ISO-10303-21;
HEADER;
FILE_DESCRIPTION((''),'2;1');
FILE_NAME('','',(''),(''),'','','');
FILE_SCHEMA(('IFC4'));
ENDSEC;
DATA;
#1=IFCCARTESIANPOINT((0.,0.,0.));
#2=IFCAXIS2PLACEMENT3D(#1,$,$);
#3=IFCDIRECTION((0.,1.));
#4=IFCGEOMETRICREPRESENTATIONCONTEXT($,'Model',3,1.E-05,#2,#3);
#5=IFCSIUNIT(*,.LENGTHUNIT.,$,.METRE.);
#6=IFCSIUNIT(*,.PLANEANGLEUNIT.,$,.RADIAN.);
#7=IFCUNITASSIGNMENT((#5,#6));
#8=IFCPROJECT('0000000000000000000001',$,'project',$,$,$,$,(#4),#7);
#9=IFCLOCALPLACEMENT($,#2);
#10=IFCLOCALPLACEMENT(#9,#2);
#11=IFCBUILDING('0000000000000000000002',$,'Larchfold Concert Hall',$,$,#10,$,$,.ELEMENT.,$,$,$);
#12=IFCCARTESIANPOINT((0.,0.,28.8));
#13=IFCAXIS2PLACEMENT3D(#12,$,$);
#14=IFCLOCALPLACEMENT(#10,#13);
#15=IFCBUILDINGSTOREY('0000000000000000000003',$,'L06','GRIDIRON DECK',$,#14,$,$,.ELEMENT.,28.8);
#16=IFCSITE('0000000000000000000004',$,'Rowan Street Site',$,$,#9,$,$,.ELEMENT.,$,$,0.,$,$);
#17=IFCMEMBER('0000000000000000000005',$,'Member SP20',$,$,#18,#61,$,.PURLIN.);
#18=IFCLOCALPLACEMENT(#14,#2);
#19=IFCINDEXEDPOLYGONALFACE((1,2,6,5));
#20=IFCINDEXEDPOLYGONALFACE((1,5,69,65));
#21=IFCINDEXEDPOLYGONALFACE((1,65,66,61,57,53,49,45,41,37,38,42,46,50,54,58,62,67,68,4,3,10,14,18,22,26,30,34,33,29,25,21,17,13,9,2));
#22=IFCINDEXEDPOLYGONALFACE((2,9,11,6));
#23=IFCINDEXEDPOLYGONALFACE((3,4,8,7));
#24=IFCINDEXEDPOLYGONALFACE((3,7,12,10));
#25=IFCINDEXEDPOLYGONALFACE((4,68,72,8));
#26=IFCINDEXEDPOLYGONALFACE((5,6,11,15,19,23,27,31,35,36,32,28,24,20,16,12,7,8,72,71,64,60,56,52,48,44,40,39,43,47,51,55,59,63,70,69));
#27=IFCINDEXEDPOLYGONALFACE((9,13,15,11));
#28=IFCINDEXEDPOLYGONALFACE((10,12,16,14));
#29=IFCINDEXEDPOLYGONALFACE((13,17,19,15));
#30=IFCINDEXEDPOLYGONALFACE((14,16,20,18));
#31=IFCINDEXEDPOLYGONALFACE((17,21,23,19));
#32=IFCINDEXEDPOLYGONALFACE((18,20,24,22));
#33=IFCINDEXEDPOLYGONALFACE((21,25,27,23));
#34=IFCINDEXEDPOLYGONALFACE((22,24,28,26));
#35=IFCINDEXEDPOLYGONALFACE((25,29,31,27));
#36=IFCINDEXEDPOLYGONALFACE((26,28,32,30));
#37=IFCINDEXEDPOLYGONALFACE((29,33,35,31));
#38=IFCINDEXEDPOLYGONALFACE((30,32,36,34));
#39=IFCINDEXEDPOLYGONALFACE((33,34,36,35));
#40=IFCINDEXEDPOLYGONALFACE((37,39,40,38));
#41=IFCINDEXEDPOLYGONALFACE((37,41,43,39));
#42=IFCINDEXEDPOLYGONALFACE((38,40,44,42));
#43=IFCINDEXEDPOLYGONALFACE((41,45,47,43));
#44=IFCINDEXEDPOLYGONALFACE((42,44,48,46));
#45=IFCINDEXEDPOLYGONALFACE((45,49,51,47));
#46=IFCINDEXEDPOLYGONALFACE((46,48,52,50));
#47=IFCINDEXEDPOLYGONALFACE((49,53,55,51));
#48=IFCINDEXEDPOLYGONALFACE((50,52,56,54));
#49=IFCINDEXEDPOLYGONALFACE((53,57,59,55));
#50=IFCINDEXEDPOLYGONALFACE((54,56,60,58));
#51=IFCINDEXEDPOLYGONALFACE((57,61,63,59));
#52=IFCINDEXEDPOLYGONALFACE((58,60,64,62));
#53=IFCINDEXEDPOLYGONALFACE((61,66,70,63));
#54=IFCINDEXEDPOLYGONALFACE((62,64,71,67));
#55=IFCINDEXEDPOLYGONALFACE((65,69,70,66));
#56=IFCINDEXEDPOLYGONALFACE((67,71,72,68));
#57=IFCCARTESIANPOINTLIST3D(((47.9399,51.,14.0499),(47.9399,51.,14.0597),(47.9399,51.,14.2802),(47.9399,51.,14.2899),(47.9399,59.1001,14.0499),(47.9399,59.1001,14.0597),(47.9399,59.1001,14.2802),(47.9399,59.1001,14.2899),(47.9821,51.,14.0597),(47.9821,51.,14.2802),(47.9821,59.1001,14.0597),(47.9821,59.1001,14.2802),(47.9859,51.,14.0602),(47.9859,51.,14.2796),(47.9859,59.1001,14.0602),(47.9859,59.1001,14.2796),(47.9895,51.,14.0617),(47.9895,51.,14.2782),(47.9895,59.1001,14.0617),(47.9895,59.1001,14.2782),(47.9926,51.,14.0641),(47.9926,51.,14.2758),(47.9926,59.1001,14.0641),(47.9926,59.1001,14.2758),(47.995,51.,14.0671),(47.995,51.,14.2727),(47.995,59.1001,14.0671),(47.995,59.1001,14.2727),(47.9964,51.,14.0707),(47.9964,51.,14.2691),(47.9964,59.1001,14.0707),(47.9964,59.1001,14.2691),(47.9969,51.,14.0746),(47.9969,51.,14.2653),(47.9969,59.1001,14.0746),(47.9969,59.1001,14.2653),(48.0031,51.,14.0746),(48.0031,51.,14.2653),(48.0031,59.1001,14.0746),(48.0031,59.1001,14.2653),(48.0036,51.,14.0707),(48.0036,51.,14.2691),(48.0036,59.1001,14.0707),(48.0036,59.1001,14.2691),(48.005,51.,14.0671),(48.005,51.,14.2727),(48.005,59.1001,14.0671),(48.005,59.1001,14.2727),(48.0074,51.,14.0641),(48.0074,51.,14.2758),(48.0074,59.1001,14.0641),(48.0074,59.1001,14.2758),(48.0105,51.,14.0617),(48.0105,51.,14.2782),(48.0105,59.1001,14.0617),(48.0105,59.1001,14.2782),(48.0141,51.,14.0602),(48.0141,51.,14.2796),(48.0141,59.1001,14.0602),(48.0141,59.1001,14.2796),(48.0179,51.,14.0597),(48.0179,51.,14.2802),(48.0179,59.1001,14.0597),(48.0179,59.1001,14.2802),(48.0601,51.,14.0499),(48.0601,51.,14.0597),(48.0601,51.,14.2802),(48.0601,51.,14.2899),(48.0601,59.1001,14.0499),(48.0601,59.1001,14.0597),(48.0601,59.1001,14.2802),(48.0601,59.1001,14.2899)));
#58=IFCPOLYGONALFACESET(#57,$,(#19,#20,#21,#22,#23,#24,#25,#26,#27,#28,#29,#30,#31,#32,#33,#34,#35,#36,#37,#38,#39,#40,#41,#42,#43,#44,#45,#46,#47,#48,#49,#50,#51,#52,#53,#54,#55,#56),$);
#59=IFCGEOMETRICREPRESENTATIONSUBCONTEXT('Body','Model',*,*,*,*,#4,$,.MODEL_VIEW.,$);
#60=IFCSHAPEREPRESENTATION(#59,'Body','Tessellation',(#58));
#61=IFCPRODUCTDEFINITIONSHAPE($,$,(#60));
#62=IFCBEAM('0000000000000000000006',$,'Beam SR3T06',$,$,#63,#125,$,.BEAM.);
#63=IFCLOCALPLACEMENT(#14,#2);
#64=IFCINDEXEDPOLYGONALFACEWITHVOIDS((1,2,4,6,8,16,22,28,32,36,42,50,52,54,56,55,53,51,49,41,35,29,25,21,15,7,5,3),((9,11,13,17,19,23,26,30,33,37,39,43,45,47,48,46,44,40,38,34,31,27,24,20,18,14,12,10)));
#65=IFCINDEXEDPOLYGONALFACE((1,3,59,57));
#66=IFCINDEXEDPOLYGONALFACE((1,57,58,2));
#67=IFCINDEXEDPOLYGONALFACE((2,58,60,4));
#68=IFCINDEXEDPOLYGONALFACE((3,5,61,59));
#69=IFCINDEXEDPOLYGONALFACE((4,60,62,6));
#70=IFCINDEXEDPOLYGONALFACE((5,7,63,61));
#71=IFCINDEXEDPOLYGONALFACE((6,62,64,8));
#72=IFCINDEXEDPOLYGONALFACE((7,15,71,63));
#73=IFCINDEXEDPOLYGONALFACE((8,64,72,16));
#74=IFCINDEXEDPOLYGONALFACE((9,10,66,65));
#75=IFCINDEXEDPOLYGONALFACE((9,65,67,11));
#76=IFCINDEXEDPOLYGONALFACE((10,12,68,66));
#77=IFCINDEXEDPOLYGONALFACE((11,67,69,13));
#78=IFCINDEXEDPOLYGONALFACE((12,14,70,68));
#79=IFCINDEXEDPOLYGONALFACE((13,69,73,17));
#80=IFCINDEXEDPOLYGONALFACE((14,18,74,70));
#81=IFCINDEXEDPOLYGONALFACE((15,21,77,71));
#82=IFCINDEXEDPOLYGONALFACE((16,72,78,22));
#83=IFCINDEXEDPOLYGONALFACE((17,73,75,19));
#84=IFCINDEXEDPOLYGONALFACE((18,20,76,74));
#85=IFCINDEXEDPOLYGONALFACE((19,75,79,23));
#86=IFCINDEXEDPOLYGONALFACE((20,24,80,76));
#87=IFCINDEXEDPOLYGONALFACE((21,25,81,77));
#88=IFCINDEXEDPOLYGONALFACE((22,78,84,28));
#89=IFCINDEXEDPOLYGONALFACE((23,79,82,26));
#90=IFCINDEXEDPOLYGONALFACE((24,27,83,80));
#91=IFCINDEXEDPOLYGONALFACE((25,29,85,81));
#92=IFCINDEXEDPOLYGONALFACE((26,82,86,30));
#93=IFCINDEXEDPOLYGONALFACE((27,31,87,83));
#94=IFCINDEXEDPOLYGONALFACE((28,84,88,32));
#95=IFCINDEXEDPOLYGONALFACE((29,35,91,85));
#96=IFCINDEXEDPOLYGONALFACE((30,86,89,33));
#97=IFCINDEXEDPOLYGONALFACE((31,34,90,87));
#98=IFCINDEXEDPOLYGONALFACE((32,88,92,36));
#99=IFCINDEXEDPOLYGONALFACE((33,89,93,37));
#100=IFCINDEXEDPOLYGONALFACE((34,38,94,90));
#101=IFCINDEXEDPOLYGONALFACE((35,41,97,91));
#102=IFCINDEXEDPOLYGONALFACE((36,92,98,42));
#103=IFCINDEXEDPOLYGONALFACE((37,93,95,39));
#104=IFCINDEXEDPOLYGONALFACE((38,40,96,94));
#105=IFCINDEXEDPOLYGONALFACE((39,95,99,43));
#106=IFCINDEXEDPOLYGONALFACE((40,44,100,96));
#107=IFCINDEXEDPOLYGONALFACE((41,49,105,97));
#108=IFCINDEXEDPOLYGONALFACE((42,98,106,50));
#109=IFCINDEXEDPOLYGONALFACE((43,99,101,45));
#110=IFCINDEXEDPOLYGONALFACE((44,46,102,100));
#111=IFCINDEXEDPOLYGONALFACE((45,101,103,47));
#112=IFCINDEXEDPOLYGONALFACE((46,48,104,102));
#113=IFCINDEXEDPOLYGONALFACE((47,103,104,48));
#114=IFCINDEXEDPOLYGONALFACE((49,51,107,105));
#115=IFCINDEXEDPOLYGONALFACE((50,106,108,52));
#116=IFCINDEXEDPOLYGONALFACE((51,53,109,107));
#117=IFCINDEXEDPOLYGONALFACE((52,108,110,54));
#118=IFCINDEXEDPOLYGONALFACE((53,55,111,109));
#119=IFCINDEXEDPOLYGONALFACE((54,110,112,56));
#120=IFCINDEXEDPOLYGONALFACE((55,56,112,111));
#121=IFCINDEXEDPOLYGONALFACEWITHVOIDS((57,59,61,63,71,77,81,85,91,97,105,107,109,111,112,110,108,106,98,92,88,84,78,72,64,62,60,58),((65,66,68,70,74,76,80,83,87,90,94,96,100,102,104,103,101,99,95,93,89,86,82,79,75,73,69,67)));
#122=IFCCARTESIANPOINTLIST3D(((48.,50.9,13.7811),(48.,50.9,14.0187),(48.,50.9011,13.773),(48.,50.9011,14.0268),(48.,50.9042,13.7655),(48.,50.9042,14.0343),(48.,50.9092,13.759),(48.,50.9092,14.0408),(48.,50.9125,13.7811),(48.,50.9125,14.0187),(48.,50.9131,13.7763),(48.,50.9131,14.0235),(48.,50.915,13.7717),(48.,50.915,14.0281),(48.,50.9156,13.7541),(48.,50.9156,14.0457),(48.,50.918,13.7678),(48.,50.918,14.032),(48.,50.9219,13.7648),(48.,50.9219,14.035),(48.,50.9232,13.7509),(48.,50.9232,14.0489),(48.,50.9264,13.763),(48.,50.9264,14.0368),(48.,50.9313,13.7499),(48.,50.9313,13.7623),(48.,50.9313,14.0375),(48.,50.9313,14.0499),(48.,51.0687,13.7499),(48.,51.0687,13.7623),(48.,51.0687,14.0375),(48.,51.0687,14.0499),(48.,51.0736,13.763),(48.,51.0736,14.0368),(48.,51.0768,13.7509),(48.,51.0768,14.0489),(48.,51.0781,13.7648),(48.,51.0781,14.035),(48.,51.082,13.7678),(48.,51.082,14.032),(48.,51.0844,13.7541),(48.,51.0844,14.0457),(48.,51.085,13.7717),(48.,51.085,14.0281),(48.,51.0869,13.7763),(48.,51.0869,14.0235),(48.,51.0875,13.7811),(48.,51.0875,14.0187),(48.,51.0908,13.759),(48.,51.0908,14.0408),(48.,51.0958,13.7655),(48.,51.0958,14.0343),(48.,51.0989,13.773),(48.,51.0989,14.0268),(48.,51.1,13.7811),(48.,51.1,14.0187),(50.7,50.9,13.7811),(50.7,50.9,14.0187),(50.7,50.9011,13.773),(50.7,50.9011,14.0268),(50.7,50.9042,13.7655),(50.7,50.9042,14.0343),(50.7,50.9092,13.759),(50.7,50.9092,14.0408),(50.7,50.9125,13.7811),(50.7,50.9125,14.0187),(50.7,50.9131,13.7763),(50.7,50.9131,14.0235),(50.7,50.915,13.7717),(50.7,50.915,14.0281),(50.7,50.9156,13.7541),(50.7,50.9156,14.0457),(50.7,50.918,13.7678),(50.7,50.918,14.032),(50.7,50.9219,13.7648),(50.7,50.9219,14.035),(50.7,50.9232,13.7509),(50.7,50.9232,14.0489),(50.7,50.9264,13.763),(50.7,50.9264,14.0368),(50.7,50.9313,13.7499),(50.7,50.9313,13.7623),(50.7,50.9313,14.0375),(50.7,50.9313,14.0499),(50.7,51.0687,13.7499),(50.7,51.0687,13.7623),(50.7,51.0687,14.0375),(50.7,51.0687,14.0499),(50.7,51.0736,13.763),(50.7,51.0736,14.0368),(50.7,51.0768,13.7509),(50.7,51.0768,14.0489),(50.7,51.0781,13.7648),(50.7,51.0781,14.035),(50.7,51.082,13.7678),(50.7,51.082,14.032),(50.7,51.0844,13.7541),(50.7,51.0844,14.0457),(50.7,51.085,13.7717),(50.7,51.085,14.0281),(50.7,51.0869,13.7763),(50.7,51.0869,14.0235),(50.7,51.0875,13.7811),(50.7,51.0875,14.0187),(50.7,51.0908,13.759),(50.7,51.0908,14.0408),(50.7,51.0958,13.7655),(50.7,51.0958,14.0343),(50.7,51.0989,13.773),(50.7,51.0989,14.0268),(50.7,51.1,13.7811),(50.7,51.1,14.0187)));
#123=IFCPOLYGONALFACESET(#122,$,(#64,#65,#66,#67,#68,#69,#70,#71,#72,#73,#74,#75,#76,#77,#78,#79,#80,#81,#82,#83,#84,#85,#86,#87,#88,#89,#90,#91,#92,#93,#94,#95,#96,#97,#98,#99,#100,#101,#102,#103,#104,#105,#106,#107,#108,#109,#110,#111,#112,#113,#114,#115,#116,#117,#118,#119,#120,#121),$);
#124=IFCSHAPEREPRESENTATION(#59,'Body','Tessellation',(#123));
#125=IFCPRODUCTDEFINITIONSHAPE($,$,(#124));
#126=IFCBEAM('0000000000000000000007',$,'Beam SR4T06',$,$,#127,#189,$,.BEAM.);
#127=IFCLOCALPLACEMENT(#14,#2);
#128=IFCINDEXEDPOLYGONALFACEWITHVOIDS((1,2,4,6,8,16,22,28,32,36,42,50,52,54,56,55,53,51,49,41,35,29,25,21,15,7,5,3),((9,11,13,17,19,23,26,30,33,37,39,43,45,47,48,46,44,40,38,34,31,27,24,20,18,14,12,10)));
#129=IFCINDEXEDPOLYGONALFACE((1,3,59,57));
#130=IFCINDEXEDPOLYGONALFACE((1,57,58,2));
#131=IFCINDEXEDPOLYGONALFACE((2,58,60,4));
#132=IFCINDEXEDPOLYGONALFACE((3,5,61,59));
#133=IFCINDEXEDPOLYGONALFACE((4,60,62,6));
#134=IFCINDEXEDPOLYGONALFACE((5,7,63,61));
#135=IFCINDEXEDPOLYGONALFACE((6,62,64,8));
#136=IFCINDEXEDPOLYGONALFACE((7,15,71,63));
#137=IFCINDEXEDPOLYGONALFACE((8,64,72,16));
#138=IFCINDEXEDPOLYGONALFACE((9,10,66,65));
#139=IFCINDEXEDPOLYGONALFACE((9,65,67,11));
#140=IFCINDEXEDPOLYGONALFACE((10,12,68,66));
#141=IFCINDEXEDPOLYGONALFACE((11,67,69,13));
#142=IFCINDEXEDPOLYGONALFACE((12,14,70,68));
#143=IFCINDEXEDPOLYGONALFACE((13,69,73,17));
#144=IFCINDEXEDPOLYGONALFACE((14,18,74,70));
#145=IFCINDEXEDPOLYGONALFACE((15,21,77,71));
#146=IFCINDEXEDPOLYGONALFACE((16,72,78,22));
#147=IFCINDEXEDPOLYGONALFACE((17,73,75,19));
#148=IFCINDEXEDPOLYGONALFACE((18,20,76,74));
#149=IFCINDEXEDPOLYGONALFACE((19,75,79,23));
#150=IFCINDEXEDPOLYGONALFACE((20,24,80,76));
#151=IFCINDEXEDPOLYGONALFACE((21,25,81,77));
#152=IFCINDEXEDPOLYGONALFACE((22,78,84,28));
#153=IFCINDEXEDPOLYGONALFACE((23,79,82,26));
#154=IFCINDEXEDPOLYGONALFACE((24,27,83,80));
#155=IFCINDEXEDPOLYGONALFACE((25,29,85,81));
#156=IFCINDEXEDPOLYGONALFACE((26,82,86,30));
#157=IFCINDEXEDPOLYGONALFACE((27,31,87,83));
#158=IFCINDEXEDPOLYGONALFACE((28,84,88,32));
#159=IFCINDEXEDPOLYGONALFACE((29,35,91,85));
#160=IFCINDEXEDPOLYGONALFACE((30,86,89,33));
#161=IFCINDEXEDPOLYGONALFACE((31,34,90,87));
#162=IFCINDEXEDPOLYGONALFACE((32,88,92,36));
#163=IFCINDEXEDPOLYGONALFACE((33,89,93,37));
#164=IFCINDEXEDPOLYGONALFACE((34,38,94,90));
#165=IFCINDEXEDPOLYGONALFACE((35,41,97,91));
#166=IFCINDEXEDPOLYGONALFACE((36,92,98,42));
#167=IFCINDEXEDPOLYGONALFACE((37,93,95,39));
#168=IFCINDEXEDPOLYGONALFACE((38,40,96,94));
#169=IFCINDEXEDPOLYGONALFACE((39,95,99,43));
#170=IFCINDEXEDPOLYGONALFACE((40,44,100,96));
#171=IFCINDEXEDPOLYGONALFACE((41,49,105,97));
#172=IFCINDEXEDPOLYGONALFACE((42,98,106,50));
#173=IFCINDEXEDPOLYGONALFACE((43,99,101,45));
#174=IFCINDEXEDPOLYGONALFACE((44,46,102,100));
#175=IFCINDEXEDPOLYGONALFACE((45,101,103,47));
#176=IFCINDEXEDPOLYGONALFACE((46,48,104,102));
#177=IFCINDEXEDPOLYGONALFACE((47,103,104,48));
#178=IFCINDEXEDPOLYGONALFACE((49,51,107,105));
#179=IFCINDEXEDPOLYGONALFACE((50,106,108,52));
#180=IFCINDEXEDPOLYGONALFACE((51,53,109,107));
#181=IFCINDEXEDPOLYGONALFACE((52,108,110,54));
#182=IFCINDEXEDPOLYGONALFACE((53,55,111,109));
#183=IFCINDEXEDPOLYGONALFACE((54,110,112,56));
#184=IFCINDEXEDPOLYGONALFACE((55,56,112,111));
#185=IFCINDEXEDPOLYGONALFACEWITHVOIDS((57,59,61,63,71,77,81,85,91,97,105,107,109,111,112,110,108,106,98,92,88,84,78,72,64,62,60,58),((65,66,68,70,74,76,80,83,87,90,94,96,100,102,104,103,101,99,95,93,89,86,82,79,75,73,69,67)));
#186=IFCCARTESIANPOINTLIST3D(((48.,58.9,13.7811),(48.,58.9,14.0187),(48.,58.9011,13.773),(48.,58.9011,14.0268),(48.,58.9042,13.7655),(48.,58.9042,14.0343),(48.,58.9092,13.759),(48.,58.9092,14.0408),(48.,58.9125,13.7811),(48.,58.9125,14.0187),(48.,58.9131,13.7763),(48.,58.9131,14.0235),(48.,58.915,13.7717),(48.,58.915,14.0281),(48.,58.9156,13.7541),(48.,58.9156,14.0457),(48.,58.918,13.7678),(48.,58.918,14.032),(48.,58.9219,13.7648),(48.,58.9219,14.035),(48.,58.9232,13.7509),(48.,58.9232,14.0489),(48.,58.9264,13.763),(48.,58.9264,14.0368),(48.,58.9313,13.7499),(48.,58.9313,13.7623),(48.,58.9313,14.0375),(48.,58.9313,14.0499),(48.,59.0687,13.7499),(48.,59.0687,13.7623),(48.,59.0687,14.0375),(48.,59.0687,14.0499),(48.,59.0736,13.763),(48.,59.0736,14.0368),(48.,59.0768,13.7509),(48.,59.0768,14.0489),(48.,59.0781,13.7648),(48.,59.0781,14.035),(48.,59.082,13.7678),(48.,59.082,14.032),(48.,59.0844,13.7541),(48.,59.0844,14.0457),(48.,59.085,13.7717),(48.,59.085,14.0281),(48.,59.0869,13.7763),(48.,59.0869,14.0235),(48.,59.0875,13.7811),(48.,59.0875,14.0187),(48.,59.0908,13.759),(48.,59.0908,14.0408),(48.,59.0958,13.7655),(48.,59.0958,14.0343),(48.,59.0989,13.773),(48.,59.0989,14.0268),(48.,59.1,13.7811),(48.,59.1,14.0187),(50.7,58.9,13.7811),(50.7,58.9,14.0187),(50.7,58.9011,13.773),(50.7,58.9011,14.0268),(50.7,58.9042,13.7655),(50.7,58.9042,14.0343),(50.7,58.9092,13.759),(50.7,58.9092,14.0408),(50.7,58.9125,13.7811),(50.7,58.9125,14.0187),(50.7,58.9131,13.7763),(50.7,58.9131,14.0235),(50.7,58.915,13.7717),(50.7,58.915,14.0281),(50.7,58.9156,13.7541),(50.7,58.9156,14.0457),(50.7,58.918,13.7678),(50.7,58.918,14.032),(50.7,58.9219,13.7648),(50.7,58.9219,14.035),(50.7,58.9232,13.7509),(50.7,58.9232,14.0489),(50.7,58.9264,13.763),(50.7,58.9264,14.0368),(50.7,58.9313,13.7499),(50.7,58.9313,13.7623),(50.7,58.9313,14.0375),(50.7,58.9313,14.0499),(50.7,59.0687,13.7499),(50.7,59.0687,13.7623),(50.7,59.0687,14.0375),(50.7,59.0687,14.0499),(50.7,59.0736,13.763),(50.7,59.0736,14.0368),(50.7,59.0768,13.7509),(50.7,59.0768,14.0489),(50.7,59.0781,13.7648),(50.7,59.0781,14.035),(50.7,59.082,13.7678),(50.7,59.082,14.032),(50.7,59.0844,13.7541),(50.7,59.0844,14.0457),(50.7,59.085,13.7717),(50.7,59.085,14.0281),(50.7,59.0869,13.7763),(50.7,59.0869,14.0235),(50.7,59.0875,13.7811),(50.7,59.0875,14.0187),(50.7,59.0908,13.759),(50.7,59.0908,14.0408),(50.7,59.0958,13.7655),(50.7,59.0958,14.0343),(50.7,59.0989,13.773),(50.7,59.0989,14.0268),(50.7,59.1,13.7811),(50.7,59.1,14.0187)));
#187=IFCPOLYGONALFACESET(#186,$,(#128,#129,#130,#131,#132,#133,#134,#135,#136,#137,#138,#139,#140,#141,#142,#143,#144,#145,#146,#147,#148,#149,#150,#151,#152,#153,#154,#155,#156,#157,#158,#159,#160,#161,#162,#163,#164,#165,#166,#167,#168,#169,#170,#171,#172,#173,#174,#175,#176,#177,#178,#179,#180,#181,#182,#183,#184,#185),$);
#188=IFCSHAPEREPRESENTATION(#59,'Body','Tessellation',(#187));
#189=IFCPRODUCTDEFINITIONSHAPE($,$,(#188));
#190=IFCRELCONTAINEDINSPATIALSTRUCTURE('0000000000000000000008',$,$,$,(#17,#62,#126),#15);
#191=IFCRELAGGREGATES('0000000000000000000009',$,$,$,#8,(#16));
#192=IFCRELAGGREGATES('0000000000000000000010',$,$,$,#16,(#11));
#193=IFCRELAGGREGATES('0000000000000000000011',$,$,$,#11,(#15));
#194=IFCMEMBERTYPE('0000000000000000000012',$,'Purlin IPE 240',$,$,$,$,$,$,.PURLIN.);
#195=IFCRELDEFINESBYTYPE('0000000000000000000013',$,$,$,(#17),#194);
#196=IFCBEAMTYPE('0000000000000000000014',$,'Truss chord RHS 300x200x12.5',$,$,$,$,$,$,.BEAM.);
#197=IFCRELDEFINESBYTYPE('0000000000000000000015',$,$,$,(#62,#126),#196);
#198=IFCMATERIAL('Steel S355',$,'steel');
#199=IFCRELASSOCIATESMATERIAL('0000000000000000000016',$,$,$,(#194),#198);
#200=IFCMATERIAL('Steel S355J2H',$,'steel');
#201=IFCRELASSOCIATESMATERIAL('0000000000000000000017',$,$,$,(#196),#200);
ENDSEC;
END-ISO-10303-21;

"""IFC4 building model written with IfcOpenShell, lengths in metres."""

from ifc_helpers import new_model, si_unit, direction, frame, origin, origin_2d, place, context, subcontext, project, spatial, hollow_rectangle, i_section, extrude, material, material_profile, profile_set, type_object, element, save


model = new_model("IFC4")

# Units and contexts
model_context = context("Model", 3, precision=1e-05, world=origin(), true_north=direction((0.0, 1.0)))
body_context = subcontext(model_context, "Body", "Model", "MODEL_VIEW")
ifc_project = project(units=[si_unit("LENGTHUNIT", "METRE"), si_unit("PLANEANGLEUNIT", "RADIAN")], contexts=[model_context])

# Site, building, storey
site_placement = place(None, origin())
site = spatial("IfcSite", under=ifc_project, at=site_placement, Name="Rowan Street Site", CompositionType="ELEMENT", RefElevation=0.0)
building_placement = place(site_placement, origin())
building = spatial("IfcBuilding", under=site, at=building_placement, Name="Larchfold Concert Hall", CompositionType="ELEMENT")
storey_placement = place(building_placement, frame((0.0, 0.0, 28.8)))
storey = spatial("IfcBuildingStorey", under=building, at=storey_placement, Name="L06", Description="GRIDIRON DECK", CompositionType="ELEMENT", Elevation=28.8)

# Member
ifc_material_1 = material(Name="Steel S355", Category="steel")
ifc_material_profile_1 = material_profile(ifc_material_1, i_section(OverallWidth=0.1201, OverallDepth=0.24, WebThickness=0.0061, FlangeThickness=0.0098, FilletRadius=0.0149, at=origin_2d()))
ifc_profile_set_1 = profile_set([ifc_material_profile_1], Name="Steel S355")
member_type_1 = type_object("IfcMemberType", Name="Purlin IPE 240", PredefinedType="PURLIN", material=ifc_profile_set_1)
member_1_placement = place(storey_placement, frame((48.0, 51.0, 14.1699), z_axis=(0.0, 1.0, 0.0), x_axis=(-1.0, 0.0, 0.0)))
element("IfcMember", 1, at=member_1_placement, inside=storey, type_object=member_type_1, Name="Member SP20", PredefinedType="PURLIN", context=body_context, shape_type="SweptSolid", body=[
    extrude(i_section(OverallWidth=0.1201, OverallDepth=0.24, WebThickness=0.0061, FlangeThickness=0.0098, FilletRadius=0.0149, at=origin_2d()), origin(), (0.0, 0.0, 1.0), 8.1001),
])

# Beams
ifc_material_2 = material(Name="Steel S355J2H", Category="steel")
ifc_material_profile_2 = material_profile(ifc_material_2, hollow_rectangle(XDim=0.2, YDim=0.3, WallThickness=0.0125, InnerFilletRadius=0.0188, OuterFilletRadius=0.0312, at=origin_2d()))
ifc_profile_set_2 = profile_set([ifc_material_profile_2], Name="Steel S355J2H")
beam_type_1 = type_object("IfcBeamType", Name="Truss chord RHS 300x200x12.5", PredefinedType="BEAM", material=ifc_profile_set_2)
for number, where, z_axis, x_axis, name in (
    (2, (48.0, 51.0, 13.8999), (1.0, 0.0, 0.0), (0.0, 1.0, 0.0), "Beam SR3T06"),
    (3, (48.0, 59.0, 13.8999), (1.0, 0.0, 0.0), (0.0, 1.0, 0.0), "Beam SR4T06"),
):
    element("IfcBeam", number, at=place(storey_placement, frame(where, z_axis=z_axis, x_axis=x_axis)), inside=storey, type_object=beam_type_1, Name=name, PredefinedType="BEAM", context=body_context, shape_type="SweptSolid", body=[
        extrude(hollow_rectangle(XDim=0.2, YDim=0.3, WallThickness=0.0125, InnerFilletRadius=0.0188, OuterFilletRadius=0.0312, at=origin_2d()), origin(), (0.0, 0.0, 1.0), 2.7),
    ])

save(model, "model.ifc")
